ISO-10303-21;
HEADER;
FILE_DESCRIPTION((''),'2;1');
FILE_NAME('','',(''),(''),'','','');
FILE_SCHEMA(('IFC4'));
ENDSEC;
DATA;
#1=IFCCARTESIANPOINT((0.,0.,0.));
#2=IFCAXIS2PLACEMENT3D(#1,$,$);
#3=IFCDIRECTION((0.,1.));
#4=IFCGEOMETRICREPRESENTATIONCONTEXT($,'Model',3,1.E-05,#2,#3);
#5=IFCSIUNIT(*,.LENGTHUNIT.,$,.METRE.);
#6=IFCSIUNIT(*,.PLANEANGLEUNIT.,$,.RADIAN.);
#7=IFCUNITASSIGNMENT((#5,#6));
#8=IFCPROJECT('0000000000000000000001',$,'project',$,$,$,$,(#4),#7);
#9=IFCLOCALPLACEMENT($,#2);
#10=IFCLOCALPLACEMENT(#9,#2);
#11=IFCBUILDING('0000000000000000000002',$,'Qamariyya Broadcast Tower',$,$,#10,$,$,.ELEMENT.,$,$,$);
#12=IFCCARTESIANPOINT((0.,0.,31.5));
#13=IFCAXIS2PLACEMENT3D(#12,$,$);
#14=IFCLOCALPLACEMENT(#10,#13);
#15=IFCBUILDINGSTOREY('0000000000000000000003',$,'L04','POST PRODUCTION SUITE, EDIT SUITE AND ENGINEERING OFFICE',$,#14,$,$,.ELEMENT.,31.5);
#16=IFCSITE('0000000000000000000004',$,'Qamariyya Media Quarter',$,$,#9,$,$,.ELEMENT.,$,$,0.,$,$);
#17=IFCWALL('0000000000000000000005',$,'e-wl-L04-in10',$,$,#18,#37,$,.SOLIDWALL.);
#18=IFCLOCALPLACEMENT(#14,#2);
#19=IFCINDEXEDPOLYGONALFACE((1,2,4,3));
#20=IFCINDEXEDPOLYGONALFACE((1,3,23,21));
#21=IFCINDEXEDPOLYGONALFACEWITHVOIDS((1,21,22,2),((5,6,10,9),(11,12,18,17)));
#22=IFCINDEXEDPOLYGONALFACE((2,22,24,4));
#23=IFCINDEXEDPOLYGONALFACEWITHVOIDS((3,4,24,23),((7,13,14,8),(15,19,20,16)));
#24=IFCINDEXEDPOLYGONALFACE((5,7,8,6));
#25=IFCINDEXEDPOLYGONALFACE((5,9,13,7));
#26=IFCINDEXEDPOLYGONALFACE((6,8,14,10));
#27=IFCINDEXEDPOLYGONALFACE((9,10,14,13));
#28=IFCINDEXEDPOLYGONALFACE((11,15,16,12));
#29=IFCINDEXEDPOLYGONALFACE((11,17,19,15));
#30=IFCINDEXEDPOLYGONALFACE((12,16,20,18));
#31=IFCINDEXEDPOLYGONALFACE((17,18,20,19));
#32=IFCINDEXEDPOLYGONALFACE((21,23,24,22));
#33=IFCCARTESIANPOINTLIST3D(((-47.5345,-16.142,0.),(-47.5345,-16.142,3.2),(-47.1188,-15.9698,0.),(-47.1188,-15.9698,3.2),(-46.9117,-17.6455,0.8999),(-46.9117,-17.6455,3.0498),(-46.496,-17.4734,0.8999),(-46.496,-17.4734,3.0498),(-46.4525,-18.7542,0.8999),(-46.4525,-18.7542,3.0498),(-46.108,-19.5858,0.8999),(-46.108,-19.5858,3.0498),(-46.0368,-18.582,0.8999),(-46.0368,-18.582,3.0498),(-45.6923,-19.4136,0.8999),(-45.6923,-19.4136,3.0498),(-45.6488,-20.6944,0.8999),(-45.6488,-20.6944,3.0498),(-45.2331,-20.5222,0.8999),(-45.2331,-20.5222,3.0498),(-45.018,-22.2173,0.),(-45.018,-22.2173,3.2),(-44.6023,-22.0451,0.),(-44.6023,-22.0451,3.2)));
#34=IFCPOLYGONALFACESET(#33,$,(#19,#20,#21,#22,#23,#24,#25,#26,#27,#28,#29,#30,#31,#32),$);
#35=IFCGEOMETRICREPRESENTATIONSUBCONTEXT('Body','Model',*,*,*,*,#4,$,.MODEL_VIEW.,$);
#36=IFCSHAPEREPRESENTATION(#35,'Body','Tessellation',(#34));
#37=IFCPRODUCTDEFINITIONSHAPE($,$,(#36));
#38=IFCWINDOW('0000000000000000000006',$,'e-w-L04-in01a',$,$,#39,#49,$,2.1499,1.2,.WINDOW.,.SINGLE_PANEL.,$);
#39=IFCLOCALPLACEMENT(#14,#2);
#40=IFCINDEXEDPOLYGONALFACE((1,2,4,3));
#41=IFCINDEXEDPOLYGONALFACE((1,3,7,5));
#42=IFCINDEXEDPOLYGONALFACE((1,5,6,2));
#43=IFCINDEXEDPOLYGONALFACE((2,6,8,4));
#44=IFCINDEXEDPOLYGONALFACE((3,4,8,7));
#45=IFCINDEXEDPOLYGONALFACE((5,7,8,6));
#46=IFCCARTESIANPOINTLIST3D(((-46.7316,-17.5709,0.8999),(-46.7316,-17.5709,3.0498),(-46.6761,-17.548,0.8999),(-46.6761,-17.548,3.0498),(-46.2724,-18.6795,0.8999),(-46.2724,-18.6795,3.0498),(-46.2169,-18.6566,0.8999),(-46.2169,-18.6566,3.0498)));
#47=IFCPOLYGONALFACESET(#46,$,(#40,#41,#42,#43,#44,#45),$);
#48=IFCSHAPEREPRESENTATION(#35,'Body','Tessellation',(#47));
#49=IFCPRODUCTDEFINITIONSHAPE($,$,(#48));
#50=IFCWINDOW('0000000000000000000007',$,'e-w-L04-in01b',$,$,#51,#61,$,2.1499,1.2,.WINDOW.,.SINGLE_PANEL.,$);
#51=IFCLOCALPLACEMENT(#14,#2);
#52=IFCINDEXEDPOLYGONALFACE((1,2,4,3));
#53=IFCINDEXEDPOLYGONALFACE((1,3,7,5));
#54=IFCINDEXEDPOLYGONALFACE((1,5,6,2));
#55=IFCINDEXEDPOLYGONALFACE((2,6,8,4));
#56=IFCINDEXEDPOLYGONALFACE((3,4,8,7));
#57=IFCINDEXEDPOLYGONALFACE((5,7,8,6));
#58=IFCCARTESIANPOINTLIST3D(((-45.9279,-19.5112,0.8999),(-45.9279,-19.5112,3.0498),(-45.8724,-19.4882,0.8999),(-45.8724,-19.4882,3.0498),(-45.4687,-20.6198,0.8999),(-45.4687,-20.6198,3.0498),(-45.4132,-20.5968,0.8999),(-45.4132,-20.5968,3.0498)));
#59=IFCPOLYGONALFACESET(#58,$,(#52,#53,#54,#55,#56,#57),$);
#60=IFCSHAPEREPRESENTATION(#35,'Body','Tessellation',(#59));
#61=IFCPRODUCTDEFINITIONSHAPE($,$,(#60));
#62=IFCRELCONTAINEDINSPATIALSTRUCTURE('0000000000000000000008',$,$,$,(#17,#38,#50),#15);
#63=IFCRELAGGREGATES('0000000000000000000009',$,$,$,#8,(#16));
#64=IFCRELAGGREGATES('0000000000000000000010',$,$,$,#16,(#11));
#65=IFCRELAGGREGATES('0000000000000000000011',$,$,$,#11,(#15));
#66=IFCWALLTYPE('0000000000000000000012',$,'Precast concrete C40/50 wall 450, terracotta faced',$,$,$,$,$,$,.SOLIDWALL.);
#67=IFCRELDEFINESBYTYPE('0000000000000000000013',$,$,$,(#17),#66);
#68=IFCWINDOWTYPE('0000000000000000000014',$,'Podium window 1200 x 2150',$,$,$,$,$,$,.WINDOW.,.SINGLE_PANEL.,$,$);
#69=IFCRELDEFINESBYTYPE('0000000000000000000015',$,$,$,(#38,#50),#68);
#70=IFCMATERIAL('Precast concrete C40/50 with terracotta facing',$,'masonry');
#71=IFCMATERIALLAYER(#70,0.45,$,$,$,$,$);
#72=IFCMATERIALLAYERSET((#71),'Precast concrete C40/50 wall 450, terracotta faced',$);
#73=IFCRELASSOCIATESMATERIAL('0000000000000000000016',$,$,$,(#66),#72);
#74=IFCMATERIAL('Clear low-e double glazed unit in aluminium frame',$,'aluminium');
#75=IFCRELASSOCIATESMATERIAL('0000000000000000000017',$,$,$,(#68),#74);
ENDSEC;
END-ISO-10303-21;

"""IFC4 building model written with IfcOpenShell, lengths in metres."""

from ifc_helpers import new_model, si_unit, direction, frame, frame_2d, origin, place, context, subcontext, project, spatial, rectangle, extrude, material, layer, layer_set, type_object, element, fill, save


model = new_model("IFC4")

# Units and contexts
model_context = context("Model", 3, precision=1e-05, world=origin(), true_north=direction((0.0, 1.0)))
body_context = subcontext(model_context, "Body", "Model", "MODEL_VIEW")
ifc_project = project(units=[si_unit("LENGTHUNIT", "METRE"), si_unit("PLANEANGLEUNIT", "RADIAN")], contexts=[model_context])

# Site, building, storey
site_placement = place(None, origin())
site = spatial("IfcSite", under=ifc_project, at=site_placement, Name="Qamariyya Media Quarter", CompositionType="ELEMENT", RefElevation=0.0)
building_placement = place(site_placement, origin())
building = spatial("IfcBuilding", under=site, at=building_placement, Name="Qamariyya Broadcast Tower", CompositionType="ELEMENT")
storey_placement = place(building_placement, frame((0.0, 0.0, 31.5)))
storey = spatial("IfcBuildingStorey", under=building, at=storey_placement, Name="L04", Description="POST PRODUCTION SUITE, EDIT SUITE AND ENGINEERING OFFICE", CompositionType="ELEMENT", Elevation=31.5)

# Shared definitions
ifc_material_1 = material(Name="Precast concrete C40/50 with terracotta facing", Category="masonry")
ifc_layer_1 = layer(ifc_material_1, 0.45)
ifc_layer_set_1 = layer_set([ifc_layer_1], Name="Precast concrete C40/50 wall 450, terracotta faced")
wall_type_1 = type_object("IfcWallType", Name="Precast concrete C40/50 wall 450, terracotta faced", PredefinedType="SOLIDWALL", material=ifc_layer_set_1)

# Wall, openings, windows
wall_1_placement = place(storey_placement, frame((-44.8101, -22.1313, 0.0), z_axis=(0.0, 0.0, 1.0), x_axis=(-0.382693, 0.923876, 0.0)))
wall_1 = element("IfcWall", 1, at=wall_1_placement, inside=storey, type_object=wall_type_1, Name="e-wl-L04-in10", PredefinedType="SOLIDWALL", context=body_context, shape_type="SweptSolid", body=[
    extrude(rectangle(XDim=6.5759, YDim=0.45, at=frame_2d((3.2881, 0.0))), origin(), (0.0, 0.0, 1.0), 3.2),
])
opening_1_placement = place(wall_1_placement, frame((3.7485, 0.0, 0.8999)))
opening_1 = element("IfcOpeningElement", 2, at=opening_1_placement, cuts=wall_1, PredefinedType="OPENING", context=body_context, shape_type="SweptSolid", body=[
    extrude(rectangle(XDim=1.2, YDim=2.1499, at=frame_2d((0.6001, 1.075))), frame((0.0, 0.2349, 0.0), z_axis=(0.0, -1.0, 0.0), x_axis=(1.0, 0.0, 0.0)), (0.0, 0.0, 1.0), 0.47),
])
opening_2_placement = place(wall_1_placement, frame((1.6484, 0.0, 0.8999)))
opening_2 = element("IfcOpeningElement", 3, at=opening_2_placement, cuts=wall_1, PredefinedType="OPENING", context=body_context, shape_type="SweptSolid", body=[
    extrude(rectangle(XDim=1.2, YDim=2.1499, at=frame_2d((0.6001, 1.075))), frame((0.0, 0.2349, 0.0), z_axis=(0.0, -1.0, 0.0), x_axis=(1.0, 0.0, 0.0)), (0.0, 0.0, 1.0), 0.47),
])
ifc_material_2 = material(Name="Clear low-e double glazed unit in aluminium frame", Category="aluminium")
window_type = type_object("IfcWindowType", Name="Podium window 1200 x 2150", PartitioningType="SINGLE_PANEL", PredefinedType="WINDOW", material=ifc_material_2)
window_1_placement = place(opening_1_placement, origin())
window_1 = element("IfcWindow", 4, at=window_1_placement, inside=storey, type_object=window_type, Name="e-w-L04-in01a", OverallHeight=2.1499, OverallWidth=1.2, PartitioningType="SINGLE_PANEL", PredefinedType="WINDOW", context=body_context, shape_type="SweptSolid", body=[
    extrude(rectangle(XDim=1.2, YDim=2.1499, at=frame_2d((0.6001, 1.075))), frame((0.0, 0.03, 0.0), z_axis=(0.0, -1.0, 0.0), x_axis=(1.0, 0.0, 0.0)), (0.0, 0.0, 1.0), 0.0601),
])
fill(opening_1, window_1)
window_2_placement = place(opening_2_placement, origin())
window_2 = element("IfcWindow", 5, at=window_2_placement, inside=storey, type_object=window_type, Name="e-w-L04-in01b", OverallHeight=2.1499, OverallWidth=1.2, PartitioningType="SINGLE_PANEL", PredefinedType="WINDOW", context=body_context, shape_type="SweptSolid", body=[
    extrude(rectangle(XDim=1.2, YDim=2.1499, at=frame_2d((0.6001, 1.075))), frame((0.0, 0.03, 0.0), z_axis=(0.0, -1.0, 0.0), x_axis=(1.0, 0.0, 0.0)), (0.0, 0.0, 1.0), 0.0601),
])
fill(opening_2, window_2)

save(model, "model.ifc")
